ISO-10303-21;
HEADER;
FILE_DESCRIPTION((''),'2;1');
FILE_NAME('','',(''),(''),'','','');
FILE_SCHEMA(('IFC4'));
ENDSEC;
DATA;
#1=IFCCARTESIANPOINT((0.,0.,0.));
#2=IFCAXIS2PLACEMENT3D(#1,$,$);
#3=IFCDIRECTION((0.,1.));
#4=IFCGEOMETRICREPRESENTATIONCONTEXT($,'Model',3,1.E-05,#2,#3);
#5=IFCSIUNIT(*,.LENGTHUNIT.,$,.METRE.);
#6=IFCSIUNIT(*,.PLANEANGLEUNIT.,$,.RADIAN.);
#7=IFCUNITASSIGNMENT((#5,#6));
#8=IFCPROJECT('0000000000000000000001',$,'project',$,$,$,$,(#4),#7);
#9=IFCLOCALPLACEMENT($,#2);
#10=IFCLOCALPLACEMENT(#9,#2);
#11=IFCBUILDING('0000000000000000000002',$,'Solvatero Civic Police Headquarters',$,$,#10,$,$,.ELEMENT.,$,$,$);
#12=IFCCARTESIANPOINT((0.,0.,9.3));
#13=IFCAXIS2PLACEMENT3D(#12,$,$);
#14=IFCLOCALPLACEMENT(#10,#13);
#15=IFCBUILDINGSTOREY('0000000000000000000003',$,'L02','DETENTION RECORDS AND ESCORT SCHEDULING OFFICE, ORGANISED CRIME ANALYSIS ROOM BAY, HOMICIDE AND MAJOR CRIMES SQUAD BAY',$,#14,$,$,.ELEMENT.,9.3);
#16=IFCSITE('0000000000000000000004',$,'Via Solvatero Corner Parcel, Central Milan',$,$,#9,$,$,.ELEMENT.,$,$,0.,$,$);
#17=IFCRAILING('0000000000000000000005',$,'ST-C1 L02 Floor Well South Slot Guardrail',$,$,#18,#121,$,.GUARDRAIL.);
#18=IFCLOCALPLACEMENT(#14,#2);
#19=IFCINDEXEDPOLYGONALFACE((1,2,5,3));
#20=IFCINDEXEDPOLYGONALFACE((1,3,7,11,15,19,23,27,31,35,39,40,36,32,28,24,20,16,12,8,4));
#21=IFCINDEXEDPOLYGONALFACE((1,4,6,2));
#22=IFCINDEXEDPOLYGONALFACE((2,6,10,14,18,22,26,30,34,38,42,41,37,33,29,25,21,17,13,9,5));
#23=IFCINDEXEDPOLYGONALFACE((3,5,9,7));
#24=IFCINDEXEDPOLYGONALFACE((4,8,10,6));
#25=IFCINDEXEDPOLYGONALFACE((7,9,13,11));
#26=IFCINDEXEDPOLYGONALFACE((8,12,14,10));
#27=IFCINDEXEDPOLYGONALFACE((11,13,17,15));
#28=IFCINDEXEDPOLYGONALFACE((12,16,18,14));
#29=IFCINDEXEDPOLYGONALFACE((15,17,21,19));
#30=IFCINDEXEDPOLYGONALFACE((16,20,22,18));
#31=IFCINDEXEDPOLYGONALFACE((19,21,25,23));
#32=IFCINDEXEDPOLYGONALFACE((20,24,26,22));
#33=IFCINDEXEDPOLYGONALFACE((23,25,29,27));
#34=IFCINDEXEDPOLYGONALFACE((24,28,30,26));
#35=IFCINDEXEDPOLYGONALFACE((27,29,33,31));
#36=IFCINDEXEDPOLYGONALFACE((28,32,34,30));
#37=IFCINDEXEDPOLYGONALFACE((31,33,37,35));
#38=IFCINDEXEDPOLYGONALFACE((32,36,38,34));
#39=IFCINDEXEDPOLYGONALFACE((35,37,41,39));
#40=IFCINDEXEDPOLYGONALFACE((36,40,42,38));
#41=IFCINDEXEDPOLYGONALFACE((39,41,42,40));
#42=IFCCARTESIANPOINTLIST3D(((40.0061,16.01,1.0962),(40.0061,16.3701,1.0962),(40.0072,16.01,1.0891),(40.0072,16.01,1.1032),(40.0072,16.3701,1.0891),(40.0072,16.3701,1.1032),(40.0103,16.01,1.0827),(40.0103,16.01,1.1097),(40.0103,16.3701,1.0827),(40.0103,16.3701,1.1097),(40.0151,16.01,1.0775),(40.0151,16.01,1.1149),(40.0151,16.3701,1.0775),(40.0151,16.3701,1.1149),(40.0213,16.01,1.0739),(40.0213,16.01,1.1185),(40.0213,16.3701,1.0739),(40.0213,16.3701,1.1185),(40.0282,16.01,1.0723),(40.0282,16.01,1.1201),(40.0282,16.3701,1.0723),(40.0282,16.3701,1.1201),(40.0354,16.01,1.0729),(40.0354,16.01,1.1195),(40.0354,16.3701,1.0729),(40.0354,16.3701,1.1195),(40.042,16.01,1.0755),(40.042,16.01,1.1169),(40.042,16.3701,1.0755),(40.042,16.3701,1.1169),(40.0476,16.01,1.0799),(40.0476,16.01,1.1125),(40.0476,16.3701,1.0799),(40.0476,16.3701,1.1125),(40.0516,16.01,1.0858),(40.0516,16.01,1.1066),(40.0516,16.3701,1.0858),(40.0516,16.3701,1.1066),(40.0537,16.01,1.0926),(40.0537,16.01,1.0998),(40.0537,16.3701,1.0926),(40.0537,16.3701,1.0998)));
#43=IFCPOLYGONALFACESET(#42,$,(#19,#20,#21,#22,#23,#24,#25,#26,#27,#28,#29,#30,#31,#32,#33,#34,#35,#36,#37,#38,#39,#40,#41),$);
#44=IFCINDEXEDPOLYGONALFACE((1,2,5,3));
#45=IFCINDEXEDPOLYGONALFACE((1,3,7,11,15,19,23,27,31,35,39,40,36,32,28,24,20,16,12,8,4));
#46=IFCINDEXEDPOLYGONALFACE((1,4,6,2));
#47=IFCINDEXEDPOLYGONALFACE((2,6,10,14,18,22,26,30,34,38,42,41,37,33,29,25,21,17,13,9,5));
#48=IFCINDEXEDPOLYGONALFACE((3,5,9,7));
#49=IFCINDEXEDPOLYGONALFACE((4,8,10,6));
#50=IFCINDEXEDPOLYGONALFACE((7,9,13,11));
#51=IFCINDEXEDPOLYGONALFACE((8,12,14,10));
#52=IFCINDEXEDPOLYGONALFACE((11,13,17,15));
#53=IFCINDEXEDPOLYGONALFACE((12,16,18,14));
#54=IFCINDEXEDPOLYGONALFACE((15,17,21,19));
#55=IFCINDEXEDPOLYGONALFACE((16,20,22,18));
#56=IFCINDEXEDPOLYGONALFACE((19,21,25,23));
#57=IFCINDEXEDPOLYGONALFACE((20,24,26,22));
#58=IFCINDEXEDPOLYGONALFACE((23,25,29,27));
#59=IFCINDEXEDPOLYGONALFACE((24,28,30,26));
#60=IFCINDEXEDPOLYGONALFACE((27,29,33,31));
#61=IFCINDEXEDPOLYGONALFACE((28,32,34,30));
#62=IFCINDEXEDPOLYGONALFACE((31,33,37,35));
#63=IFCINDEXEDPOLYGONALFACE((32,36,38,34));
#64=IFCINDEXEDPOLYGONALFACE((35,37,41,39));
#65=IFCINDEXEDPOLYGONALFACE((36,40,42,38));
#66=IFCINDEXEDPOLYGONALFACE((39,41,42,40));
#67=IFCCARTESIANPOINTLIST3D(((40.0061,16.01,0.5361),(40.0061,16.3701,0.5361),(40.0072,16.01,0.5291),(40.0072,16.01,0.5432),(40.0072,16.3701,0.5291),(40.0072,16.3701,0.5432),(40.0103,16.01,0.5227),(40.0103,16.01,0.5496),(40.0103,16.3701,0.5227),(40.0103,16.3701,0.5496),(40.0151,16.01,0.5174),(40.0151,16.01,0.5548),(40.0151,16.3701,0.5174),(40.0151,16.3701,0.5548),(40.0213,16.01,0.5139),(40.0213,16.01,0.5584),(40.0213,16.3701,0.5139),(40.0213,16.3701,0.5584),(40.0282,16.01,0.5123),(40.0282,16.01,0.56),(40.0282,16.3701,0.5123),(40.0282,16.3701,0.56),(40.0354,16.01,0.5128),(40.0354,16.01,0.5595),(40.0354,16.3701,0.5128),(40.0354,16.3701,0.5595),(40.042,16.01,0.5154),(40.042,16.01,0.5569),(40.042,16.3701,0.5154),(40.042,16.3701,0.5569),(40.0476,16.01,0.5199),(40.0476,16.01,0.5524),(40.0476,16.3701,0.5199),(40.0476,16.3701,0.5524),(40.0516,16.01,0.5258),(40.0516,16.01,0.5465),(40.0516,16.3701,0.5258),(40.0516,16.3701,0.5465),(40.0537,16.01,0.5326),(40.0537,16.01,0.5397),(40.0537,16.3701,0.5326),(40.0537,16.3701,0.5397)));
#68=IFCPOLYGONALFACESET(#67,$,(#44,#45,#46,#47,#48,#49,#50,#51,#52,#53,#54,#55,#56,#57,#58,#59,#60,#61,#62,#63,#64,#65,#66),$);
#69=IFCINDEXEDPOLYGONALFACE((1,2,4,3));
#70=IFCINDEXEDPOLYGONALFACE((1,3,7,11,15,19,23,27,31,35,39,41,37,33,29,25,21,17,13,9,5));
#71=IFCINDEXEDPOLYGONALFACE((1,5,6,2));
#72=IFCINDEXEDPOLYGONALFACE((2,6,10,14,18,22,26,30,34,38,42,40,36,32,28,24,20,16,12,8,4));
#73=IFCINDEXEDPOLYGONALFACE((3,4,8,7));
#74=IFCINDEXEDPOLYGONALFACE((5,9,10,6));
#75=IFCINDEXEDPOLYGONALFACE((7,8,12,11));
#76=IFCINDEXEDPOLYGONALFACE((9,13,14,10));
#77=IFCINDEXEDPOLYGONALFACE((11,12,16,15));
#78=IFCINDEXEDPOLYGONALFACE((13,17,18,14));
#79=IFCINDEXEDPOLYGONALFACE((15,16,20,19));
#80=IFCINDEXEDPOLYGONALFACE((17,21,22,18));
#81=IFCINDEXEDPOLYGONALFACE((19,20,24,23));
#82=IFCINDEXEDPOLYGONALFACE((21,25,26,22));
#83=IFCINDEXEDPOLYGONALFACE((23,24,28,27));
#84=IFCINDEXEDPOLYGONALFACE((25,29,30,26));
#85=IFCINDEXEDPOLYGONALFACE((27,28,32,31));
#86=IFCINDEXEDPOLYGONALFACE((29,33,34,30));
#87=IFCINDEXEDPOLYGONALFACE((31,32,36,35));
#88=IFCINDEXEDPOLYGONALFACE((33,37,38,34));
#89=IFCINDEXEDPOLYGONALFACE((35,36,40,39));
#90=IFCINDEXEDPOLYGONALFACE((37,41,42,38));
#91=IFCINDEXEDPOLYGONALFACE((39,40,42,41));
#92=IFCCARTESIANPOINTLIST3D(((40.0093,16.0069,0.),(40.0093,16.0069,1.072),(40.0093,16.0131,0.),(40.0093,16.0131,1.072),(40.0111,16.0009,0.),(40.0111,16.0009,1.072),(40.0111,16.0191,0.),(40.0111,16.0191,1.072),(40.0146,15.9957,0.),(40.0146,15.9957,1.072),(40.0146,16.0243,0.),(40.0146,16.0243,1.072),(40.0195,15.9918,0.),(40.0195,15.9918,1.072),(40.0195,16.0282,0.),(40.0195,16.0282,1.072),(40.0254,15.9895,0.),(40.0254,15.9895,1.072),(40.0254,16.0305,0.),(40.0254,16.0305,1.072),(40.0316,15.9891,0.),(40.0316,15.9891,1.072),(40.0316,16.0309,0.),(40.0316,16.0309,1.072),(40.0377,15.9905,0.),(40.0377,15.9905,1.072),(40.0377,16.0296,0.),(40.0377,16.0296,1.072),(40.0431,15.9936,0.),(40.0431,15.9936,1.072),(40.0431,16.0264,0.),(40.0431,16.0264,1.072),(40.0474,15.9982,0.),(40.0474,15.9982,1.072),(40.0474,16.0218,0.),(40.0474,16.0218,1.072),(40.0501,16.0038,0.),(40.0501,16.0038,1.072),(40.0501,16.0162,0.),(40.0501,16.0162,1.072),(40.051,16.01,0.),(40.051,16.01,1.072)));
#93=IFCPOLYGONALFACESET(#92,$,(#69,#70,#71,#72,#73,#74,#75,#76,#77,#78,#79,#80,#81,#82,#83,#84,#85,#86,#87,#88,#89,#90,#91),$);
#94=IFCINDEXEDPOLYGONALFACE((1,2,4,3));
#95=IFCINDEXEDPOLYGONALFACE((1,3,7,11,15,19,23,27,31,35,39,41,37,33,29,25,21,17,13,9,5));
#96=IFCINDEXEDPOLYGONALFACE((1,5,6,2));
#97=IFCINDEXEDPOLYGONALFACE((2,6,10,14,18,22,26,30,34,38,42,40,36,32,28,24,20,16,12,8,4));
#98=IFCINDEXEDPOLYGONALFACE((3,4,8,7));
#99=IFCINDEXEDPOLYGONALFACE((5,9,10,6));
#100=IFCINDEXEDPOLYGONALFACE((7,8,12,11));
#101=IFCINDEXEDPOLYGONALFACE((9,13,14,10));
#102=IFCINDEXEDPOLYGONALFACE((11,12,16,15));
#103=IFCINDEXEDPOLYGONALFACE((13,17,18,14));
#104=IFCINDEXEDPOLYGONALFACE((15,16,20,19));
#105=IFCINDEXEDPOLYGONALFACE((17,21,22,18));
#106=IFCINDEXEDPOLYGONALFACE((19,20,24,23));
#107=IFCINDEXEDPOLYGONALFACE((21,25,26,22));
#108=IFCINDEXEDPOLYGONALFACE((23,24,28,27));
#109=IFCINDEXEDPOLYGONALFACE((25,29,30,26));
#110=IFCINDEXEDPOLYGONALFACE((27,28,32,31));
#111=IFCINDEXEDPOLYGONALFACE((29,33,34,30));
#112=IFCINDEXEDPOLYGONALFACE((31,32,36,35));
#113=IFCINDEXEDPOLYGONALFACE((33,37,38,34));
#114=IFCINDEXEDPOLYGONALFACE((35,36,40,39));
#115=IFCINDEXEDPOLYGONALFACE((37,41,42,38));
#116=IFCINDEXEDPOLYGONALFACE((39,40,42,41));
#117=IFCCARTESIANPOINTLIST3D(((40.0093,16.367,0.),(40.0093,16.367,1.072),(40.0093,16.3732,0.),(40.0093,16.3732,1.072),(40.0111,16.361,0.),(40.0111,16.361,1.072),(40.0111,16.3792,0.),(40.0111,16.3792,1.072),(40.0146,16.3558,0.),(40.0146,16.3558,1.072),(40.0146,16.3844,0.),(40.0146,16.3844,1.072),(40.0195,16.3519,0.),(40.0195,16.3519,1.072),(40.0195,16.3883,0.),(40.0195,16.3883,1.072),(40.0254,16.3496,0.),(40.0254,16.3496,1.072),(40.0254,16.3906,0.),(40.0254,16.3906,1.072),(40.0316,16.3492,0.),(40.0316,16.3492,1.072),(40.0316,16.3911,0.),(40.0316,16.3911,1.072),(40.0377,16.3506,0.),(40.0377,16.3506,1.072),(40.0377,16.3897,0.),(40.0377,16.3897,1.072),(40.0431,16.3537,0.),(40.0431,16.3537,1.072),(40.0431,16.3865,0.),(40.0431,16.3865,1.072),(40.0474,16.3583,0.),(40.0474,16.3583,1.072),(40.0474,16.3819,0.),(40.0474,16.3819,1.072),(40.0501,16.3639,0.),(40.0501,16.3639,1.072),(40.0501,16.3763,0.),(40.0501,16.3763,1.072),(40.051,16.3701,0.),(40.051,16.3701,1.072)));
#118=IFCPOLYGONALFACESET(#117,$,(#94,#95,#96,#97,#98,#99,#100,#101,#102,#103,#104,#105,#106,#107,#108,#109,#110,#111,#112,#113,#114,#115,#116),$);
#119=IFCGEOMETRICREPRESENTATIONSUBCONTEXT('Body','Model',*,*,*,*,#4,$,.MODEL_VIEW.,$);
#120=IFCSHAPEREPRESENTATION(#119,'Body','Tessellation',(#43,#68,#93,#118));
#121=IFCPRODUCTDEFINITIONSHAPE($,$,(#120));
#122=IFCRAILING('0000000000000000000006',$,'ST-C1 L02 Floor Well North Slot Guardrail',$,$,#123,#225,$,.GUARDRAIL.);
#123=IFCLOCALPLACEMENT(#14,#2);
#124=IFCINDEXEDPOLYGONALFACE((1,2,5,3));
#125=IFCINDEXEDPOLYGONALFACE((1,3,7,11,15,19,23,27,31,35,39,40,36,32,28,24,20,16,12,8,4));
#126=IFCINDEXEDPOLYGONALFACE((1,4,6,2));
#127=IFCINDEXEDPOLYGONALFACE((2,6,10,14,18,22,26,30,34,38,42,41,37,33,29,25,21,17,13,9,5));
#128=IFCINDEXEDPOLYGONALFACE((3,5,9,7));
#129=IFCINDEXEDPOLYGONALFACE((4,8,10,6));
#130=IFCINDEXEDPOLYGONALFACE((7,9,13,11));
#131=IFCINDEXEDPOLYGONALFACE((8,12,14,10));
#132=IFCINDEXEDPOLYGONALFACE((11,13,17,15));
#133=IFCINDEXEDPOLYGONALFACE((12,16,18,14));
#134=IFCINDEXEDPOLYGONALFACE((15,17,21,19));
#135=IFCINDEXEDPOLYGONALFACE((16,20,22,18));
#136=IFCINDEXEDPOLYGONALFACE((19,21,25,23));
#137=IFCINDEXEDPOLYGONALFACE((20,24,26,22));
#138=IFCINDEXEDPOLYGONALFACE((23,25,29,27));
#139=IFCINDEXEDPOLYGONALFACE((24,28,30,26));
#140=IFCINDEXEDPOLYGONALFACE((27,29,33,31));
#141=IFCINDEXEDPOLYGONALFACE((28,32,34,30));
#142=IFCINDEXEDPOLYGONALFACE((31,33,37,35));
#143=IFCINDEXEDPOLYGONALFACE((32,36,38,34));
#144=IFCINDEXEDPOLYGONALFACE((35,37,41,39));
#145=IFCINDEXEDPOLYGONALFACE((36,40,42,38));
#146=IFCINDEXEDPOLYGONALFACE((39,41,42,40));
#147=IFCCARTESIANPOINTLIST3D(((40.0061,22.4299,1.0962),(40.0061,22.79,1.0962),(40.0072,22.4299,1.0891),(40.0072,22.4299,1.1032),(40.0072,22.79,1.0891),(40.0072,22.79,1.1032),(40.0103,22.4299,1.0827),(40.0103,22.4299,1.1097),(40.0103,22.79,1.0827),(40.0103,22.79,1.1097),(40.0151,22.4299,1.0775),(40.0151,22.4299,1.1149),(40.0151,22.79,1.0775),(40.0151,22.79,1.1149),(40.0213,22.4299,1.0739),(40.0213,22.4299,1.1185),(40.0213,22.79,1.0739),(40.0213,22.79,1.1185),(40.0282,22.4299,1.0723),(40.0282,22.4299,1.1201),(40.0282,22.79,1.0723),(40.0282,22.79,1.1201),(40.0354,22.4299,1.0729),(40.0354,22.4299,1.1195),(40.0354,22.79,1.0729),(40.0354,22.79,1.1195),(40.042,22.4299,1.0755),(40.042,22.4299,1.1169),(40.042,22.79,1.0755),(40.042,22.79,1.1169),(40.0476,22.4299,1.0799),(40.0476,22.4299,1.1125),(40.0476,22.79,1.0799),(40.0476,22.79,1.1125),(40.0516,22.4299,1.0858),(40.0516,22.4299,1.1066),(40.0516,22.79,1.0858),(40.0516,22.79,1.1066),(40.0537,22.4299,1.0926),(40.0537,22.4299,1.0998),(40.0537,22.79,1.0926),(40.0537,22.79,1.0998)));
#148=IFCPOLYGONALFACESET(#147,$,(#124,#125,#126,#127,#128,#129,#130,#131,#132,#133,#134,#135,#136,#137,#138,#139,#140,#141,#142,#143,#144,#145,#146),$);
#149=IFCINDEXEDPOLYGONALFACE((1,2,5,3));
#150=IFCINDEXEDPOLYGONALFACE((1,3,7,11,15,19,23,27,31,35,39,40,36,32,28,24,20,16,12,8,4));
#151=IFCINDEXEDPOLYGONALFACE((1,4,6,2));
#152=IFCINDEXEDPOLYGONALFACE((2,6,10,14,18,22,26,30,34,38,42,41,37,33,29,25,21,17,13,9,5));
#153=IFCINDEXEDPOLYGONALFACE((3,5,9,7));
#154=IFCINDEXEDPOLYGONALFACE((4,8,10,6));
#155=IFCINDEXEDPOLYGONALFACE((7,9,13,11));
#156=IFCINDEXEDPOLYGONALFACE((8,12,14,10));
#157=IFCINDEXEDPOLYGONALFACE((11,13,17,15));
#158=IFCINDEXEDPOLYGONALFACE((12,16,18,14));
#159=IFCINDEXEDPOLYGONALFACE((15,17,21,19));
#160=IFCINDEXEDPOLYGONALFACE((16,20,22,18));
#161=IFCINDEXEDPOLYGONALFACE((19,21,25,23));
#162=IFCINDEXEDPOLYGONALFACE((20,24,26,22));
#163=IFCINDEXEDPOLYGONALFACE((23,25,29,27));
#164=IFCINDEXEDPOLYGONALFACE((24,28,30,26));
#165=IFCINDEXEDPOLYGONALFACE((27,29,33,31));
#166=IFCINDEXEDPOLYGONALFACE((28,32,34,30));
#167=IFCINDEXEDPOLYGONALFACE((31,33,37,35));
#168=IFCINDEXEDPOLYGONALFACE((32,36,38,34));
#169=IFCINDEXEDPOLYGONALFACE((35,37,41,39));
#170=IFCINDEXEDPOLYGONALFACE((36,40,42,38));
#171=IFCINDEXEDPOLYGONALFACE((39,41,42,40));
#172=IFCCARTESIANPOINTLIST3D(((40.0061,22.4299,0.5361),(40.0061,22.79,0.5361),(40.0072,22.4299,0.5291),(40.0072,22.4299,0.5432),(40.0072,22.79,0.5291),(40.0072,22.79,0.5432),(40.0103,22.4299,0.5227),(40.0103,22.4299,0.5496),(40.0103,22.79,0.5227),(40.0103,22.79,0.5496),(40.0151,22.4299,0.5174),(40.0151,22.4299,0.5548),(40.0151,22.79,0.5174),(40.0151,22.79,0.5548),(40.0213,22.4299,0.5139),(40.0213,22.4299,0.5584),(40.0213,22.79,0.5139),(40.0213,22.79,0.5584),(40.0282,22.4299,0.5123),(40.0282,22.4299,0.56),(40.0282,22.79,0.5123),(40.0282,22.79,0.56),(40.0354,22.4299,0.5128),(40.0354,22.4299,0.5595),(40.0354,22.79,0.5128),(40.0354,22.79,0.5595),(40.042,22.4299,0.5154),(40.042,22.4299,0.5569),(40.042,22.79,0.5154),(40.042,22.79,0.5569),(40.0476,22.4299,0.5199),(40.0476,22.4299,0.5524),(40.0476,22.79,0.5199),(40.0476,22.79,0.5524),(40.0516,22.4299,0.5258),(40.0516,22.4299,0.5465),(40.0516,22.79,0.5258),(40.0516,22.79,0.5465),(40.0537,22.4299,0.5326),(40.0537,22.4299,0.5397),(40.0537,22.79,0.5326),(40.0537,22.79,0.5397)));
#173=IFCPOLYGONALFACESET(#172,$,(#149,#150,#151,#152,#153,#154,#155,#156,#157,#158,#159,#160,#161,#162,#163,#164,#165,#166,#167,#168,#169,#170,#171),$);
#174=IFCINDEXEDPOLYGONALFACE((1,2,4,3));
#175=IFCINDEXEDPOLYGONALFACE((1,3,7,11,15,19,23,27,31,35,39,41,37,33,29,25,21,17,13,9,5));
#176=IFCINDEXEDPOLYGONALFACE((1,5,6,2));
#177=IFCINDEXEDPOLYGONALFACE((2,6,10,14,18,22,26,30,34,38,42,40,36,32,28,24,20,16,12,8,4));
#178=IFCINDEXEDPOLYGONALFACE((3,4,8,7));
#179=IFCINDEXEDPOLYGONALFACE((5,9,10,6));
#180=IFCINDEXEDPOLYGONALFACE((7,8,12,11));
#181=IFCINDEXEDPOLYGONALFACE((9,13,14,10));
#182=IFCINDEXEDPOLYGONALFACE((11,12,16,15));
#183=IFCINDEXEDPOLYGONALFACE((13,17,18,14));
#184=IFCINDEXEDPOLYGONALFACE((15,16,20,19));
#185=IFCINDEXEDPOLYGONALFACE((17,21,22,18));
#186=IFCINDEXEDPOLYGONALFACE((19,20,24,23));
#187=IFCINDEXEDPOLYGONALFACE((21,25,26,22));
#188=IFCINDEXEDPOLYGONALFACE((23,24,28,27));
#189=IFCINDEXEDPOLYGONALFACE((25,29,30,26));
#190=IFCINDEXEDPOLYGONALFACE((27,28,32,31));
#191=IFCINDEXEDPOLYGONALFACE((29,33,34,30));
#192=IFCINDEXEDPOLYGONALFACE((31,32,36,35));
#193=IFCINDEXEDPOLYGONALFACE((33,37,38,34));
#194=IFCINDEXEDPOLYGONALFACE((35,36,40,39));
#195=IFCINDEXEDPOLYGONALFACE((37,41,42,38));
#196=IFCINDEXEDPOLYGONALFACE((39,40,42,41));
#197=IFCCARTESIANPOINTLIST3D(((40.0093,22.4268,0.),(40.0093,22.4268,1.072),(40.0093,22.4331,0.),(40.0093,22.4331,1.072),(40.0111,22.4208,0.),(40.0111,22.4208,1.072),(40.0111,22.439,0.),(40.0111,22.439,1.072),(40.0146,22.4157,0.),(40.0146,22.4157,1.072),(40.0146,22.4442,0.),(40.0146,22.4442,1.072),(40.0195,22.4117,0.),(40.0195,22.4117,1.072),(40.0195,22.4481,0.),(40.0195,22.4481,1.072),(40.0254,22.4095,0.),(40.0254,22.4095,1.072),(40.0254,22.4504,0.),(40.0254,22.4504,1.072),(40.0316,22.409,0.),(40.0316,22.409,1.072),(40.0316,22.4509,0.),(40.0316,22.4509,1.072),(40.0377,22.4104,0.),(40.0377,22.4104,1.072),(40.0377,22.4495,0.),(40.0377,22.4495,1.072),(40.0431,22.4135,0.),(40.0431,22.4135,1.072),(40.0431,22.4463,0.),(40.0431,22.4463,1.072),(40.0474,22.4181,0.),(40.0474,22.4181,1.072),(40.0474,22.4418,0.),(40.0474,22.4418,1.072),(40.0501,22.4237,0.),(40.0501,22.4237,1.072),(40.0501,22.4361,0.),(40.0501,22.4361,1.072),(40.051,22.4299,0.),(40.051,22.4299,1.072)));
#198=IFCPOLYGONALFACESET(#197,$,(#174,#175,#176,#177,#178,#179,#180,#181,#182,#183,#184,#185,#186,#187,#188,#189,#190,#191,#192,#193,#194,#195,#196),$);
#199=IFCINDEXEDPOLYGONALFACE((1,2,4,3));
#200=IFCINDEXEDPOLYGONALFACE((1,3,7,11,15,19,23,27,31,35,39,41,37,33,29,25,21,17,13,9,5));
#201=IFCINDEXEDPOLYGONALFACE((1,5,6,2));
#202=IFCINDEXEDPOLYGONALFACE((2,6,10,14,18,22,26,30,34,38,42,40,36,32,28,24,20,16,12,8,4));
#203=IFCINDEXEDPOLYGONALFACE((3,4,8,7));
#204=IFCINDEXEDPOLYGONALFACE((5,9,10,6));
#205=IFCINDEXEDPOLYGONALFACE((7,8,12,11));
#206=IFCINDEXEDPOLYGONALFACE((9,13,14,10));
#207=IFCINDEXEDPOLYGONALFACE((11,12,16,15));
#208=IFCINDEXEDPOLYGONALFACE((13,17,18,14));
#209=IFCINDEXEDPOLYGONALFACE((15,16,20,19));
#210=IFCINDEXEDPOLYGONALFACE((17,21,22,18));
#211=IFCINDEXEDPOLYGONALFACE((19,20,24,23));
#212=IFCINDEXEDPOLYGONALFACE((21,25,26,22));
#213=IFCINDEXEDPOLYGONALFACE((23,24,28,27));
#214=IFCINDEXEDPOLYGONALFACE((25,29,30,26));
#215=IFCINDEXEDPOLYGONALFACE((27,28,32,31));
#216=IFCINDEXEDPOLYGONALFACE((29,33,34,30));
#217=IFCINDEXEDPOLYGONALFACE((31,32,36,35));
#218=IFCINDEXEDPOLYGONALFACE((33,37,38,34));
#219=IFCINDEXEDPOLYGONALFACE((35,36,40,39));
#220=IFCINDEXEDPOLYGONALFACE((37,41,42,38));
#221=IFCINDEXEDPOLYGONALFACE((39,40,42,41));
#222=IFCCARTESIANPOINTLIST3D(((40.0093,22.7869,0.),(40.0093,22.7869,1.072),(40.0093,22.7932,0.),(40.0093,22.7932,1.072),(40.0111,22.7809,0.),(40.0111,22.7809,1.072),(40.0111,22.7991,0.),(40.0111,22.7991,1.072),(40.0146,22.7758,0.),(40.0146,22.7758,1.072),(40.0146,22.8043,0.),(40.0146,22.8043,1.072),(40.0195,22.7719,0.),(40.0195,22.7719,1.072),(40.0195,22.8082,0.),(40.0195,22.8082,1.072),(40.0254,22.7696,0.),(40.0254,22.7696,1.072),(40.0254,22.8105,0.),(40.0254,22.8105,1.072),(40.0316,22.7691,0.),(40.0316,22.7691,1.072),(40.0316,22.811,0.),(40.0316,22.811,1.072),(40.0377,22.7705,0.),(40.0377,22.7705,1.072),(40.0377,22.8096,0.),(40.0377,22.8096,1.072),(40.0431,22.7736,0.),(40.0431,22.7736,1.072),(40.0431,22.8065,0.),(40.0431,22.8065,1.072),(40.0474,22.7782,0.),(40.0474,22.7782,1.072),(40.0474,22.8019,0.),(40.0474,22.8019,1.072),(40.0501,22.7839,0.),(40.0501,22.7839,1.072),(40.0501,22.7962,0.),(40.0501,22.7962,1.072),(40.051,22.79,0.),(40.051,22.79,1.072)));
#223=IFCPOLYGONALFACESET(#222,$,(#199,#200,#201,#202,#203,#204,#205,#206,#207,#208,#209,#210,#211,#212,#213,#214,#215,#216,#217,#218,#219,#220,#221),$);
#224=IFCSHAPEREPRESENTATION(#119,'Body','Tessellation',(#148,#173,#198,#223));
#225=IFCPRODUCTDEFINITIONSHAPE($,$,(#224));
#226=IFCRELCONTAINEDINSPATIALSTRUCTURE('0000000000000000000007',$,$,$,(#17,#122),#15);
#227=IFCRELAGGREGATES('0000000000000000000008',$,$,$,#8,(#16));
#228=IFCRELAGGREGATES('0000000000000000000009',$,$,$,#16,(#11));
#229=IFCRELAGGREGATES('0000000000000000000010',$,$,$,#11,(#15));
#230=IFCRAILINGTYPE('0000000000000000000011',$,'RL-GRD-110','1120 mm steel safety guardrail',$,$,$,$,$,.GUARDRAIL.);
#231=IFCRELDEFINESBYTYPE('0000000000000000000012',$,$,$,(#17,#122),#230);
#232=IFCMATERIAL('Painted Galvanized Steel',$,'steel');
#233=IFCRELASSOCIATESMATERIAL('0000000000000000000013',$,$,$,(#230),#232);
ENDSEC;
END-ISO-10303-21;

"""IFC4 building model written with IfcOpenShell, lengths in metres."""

from ifc_helpers import new_model, si_unit, direction, frame, origin, origin_2d, place, context, subcontext, project, spatial, circle, extrude, material, type_object, element, save


model = new_model("IFC4")

# Units and contexts
model_context = context("Model", 3, precision=1e-05, world=origin(), true_north=direction((0.0, 1.0)))
body_context = subcontext(model_context, "Body", "Model", "MODEL_VIEW")
ifc_project = project(units=[si_unit("LENGTHUNIT", "METRE"), si_unit("PLANEANGLEUNIT", "RADIAN")], contexts=[model_context])

# Site, building, storey
site_placement = place(None, origin())
site = spatial("IfcSite", under=ifc_project, at=site_placement, Name="Via Solvatero Corner Parcel, Central Milan", CompositionType="ELEMENT", RefElevation=0.0)
building_placement = place(site_placement, origin())
building = spatial("IfcBuilding", under=site, at=building_placement, Name="Solvatero Civic Police Headquarters", CompositionType="ELEMENT")
storey_placement = place(building_placement, frame((0.0, 0.0, 9.3)))
storey = spatial("IfcBuildingStorey", under=building, at=storey_placement, Name="L02", Description="DETENTION RECORDS AND ESCORT SCHEDULING OFFICE, ORGANISED CRIME ANALYSIS ROOM BAY, HOMICIDE AND MAJOR CRIMES SQUAD BAY", CompositionType="ELEMENT", Elevation=9.3)

# Railings
ifc_material_1 = material(Name="Painted Galvanized Steel", Category="steel")
railing_type_1 = type_object("IfcRailingType", Name="RL-GRD-110", Description="1120 mm steel safety guardrail", PredefinedType="GUARDRAIL", material=ifc_material_1)
for number, where, name in (
    (1, (40.03, 16.01, 0.0), "ST-C1 L02 Floor Well South Slot Guardrail"),
    (2, (40.03, 22.4299, 0.0), "ST-C1 L02 Floor Well North Slot Guardrail"),
):
    element("IfcRailing", number, at=place(storey_placement, frame(where)), inside=storey, type_object=railing_type_1, Name=name, PredefinedType="GUARDRAIL", context=body_context, shape_type="SweptSolid", body=[
        extrude(circle(Radius=0.0239, at=origin_2d()), frame((0.0, 0.0, 1.0962), z_axis=(0.0, 1.0, 0.0), x_axis=(-1.0, 0.0, 0.0)), (0.0, 0.0, 1.0), 0.3601),
        extrude(circle(Radius=0.0239, at=origin_2d()), frame((0.0, 0.0, 0.5361), z_axis=(0.0, 1.0, 0.0), x_axis=(-1.0, 0.0, 0.0)), (0.0, 0.0, 1.0), 0.3601),
        extrude(circle(Radius=0.021, at=origin_2d()), origin(), (0.0, 0.0, 1.0), 1.072),
        extrude(circle(Radius=0.021, at=origin_2d()), frame((0.0, 0.3601, 0.0)), (0.0, 0.0, 1.0), 1.072),
    ])

save(model, "model.ifc")
